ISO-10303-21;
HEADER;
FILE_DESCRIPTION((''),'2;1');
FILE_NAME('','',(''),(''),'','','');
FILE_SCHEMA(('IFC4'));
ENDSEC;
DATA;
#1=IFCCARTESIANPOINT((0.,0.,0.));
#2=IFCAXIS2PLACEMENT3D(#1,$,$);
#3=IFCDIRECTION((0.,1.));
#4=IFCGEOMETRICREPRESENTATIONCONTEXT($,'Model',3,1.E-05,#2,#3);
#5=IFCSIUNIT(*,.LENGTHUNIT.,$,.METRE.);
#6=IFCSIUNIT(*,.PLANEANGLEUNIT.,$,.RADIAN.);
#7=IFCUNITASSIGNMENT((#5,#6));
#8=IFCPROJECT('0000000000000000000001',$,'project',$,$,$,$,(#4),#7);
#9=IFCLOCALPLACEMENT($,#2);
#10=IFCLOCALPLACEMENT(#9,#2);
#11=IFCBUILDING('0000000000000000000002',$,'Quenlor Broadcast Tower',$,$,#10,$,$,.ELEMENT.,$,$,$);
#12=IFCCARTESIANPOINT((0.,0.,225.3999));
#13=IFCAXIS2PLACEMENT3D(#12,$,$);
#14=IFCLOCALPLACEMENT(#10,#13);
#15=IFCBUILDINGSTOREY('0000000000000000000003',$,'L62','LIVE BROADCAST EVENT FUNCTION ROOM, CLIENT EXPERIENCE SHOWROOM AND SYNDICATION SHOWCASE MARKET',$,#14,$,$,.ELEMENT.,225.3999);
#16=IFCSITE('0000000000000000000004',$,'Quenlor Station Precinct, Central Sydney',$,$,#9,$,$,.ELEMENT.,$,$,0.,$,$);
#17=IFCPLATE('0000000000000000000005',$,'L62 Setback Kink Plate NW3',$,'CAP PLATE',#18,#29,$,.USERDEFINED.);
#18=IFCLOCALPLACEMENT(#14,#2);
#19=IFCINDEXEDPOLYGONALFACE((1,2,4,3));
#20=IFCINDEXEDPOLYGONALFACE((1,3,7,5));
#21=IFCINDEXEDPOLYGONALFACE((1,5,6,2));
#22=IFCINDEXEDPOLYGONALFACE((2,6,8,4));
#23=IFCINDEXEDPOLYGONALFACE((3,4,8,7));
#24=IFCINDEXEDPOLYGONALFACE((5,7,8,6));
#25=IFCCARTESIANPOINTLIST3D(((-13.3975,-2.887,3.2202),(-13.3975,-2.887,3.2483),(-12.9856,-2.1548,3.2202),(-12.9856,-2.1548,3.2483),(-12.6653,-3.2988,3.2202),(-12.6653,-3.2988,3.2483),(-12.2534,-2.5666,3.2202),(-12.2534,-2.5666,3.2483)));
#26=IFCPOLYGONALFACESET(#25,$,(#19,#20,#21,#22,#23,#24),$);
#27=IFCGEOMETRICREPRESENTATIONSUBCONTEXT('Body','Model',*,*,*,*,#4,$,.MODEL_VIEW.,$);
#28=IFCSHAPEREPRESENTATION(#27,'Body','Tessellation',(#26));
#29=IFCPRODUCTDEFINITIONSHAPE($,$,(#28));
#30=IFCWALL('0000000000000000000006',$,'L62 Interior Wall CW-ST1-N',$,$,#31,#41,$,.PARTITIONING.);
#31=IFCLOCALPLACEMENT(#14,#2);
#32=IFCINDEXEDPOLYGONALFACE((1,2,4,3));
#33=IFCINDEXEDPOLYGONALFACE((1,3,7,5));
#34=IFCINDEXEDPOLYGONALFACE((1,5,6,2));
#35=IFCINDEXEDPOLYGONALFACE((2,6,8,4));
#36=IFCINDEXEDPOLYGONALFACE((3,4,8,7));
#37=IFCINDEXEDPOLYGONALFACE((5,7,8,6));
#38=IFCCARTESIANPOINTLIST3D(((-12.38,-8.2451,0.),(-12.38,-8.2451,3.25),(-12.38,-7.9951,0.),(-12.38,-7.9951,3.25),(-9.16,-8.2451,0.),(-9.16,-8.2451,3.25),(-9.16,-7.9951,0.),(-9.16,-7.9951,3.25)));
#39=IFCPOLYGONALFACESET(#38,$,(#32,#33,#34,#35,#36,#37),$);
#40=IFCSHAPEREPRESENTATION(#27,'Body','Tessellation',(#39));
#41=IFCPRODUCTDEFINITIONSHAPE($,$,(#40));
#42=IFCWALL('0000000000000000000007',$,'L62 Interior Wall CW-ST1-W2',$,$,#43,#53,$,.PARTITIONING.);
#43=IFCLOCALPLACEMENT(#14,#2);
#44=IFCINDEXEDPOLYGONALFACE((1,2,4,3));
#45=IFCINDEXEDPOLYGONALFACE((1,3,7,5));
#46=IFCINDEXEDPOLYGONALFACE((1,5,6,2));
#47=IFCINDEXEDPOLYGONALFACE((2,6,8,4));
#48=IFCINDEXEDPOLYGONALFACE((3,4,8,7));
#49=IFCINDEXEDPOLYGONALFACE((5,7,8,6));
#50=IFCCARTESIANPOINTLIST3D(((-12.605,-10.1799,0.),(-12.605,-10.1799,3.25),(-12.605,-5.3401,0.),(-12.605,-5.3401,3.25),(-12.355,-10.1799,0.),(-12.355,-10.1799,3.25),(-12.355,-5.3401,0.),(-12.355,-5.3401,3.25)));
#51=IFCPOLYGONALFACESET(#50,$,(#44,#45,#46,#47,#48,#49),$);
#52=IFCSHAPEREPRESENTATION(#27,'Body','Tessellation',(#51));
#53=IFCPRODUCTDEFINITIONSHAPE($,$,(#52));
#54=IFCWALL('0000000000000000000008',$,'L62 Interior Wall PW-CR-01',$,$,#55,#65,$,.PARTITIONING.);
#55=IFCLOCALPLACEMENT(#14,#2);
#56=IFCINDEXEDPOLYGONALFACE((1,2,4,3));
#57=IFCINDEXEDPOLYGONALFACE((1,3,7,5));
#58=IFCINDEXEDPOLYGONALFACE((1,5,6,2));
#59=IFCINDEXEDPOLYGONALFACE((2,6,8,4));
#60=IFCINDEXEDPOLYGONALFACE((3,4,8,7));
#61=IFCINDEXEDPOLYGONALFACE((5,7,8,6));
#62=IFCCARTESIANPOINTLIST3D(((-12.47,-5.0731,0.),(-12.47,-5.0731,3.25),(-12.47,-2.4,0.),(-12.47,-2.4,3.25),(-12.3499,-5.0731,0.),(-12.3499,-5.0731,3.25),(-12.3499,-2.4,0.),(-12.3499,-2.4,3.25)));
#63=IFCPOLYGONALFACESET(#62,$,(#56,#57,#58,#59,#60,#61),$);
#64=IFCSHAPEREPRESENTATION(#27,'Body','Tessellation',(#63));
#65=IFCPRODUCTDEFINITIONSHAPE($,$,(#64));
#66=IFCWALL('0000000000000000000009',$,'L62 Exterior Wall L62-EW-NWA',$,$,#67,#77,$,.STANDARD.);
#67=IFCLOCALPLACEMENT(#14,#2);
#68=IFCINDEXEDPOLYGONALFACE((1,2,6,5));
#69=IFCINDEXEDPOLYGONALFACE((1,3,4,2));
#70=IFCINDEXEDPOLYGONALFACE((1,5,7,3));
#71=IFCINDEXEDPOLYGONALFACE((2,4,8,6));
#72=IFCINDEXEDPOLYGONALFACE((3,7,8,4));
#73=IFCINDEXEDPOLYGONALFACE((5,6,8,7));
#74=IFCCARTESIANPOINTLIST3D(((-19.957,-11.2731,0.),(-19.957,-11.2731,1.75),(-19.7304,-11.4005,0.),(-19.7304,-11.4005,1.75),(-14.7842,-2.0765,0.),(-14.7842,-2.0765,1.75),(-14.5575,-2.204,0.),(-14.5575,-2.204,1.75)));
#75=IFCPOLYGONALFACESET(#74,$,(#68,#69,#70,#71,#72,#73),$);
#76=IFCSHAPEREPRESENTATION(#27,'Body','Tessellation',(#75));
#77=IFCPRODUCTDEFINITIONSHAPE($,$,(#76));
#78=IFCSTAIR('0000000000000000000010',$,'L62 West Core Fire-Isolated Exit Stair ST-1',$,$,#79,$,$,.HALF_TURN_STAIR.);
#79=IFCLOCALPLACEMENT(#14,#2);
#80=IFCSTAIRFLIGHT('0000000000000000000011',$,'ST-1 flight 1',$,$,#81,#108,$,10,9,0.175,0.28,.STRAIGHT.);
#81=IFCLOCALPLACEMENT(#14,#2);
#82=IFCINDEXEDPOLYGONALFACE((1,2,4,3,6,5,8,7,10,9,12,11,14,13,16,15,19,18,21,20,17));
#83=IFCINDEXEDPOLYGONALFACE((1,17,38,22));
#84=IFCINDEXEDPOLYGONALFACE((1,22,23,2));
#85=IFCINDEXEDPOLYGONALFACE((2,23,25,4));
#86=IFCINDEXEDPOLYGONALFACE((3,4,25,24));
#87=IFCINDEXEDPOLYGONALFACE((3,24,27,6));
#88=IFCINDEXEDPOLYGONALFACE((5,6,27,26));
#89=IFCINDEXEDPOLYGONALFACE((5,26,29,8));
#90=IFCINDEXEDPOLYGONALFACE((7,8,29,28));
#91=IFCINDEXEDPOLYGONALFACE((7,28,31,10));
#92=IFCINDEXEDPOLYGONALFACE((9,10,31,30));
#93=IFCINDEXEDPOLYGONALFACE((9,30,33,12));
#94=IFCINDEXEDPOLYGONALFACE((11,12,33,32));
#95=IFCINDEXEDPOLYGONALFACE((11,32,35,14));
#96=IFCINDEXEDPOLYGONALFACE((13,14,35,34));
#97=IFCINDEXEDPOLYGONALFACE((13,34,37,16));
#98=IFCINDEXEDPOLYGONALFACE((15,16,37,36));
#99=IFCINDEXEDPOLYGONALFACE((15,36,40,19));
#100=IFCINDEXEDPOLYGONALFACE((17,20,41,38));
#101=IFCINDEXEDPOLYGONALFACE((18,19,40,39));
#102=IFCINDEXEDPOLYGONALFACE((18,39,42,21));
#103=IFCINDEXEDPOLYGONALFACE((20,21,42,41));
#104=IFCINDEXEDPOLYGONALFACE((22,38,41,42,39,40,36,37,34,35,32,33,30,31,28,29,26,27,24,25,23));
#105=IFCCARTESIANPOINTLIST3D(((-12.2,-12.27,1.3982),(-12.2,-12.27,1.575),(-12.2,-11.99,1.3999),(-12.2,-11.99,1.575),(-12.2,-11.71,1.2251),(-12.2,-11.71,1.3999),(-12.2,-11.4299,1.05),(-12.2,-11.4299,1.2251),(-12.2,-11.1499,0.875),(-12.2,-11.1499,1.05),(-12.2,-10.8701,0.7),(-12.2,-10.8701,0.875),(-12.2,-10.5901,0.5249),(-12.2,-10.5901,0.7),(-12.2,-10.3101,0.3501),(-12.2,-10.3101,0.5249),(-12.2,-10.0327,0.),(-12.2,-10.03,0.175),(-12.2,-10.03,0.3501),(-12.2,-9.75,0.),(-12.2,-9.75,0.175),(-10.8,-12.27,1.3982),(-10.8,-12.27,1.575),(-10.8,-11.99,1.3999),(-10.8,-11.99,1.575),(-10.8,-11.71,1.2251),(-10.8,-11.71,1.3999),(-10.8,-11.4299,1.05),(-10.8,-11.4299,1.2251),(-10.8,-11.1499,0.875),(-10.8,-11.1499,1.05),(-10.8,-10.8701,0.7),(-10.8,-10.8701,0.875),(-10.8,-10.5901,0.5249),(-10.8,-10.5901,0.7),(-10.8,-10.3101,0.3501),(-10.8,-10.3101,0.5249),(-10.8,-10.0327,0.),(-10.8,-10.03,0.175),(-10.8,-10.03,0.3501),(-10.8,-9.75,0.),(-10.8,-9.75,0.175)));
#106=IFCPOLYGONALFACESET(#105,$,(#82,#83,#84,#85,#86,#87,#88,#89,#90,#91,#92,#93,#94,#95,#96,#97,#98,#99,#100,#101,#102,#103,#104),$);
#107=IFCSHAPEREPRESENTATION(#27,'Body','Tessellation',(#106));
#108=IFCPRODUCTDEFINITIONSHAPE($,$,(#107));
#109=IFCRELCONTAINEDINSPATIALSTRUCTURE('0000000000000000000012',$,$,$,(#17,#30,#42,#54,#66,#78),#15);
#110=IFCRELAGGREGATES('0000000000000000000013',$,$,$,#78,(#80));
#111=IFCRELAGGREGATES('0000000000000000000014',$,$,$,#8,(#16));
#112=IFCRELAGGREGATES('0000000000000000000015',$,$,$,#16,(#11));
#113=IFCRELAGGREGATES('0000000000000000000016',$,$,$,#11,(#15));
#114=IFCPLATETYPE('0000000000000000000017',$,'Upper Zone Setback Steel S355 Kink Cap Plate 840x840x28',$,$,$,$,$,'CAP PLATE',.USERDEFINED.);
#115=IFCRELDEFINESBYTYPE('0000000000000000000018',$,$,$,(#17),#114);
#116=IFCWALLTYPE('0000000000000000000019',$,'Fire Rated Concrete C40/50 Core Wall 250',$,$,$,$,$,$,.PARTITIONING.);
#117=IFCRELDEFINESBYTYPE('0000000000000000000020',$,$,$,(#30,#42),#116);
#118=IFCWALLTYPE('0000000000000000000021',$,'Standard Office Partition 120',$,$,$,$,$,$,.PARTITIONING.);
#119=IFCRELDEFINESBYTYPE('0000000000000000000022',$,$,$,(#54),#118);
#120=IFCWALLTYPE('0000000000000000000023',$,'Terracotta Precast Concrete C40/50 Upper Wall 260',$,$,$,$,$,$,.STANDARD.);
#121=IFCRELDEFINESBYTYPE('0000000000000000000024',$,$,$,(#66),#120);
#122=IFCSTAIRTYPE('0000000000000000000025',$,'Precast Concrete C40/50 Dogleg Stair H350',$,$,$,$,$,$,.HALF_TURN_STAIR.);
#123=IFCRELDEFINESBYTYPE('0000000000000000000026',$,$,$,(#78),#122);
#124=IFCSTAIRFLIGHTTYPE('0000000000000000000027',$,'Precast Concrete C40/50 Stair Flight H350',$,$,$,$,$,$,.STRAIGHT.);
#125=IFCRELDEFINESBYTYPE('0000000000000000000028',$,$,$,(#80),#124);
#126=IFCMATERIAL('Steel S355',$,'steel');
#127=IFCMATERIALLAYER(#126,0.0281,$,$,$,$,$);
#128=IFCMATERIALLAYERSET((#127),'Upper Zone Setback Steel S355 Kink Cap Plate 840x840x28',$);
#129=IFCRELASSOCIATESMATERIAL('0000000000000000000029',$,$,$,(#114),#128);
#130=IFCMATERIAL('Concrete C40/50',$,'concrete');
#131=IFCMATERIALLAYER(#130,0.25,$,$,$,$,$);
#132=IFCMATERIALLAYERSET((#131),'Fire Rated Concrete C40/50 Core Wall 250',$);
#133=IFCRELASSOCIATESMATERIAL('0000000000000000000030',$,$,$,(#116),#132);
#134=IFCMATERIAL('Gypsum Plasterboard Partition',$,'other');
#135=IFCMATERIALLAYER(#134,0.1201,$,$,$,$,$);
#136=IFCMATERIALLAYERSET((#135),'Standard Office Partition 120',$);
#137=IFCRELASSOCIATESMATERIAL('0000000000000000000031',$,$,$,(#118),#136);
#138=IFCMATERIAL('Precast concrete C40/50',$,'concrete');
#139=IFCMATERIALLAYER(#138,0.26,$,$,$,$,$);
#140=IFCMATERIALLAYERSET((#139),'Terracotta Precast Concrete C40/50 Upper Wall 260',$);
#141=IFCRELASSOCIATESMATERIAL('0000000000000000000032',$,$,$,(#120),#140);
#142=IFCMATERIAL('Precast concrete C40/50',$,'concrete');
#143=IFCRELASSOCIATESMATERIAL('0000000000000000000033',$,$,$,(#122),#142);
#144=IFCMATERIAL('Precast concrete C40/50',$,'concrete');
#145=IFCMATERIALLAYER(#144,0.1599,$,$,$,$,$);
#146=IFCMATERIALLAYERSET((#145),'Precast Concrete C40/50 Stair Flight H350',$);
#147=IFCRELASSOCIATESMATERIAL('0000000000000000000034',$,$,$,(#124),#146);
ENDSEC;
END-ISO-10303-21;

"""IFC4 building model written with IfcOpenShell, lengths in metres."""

from ifc_helpers import new_model, si_unit, direction, frame, frame_2d, origin, origin_2d, place, context, subcontext, project, spatial, polyline, rectangle, outline, extrude, material, layer, layer_set, type_object, element, aggregate, save


model = new_model("IFC4")

# Units and contexts
model_context = context("Model", 3, precision=1e-05, world=origin(), true_north=direction((0.0, 1.0)))
body_context = subcontext(model_context, "Body", "Model", "MODEL_VIEW")
ifc_project = project(units=[si_unit("LENGTHUNIT", "METRE"), si_unit("PLANEANGLEUNIT", "RADIAN")], contexts=[model_context])

# Site, building, storey
site_placement = place(None, origin())
site = spatial("IfcSite", under=ifc_project, at=site_placement, Name="Quenlor Station Precinct, Central Sydney", CompositionType="ELEMENT", RefElevation=0.0)
building_placement = place(site_placement, origin())
building = spatial("IfcBuilding", under=site, at=building_placement, Name="Quenlor Broadcast Tower", CompositionType="ELEMENT")
storey_placement = place(building_placement, frame((0.0, 0.0, 225.3999)))
storey = spatial("IfcBuildingStorey", under=building, at=storey_placement, Name="L62", Description="LIVE BROADCAST EVENT FUNCTION ROOM, CLIENT EXPERIENCE SHOWROOM AND SYNDICATION SHOWCASE MARKET", CompositionType="ELEMENT", Elevation=225.3999)

# Plate
ifc_material_1 = material(Name="Steel S355", Category="steel")
ifc_layer_1 = layer(ifc_material_1, 0.0281)
ifc_layer_set_1 = layer_set([ifc_layer_1], Name="Upper Zone Setback Steel S355 Kink Cap Plate 840x840x28")
plate_type_1 = type_object("IfcPlateType", Name="Upper Zone Setback Steel S355 Kink Cap Plate 840x840x28", ElementType="CAP PLATE", PredefinedType="USERDEFINED", material=ifc_layer_set_1)
plate_placement = place(storey_placement, frame((-12.8254, -2.7268, 3.2202), z_axis=(0.0, 0.0, 1.0), x_axis=(-0.871575, 0.490262, 0.0)))
element("IfcPlate", 1, at=plate_placement, inside=storey, type_object=plate_type_1, Name="L62 Setback Kink Plate NW3", ObjectType="CAP PLATE", PredefinedType="USERDEFINED", context=body_context, shape_type="SweptSolid", body=[
    extrude(rectangle(XDim=0.8401, YDim=0.8401, at=origin_2d()), origin(), (0.0, 0.0, 1.0), 0.0281),
])

# Walls
ifc_material_2 = material(Name="Concrete C40/50", Category="concrete")
ifc_layer_2 = layer(ifc_material_2, 0.25)
ifc_layer_set_2 = layer_set([ifc_layer_2], Name="Fire Rated Concrete C40/50 Core Wall 250")
wall_type_1 = type_object("IfcWallType", Name="Fire Rated Concrete C40/50 Core Wall 250", PredefinedType="PARTITIONING", material=ifc_layer_set_2)
wall_1_placement = place(storey_placement, frame((-12.3799, -8.1201, 0.0), z_axis=(0.0, 0.0, 1.0), x_axis=(1.0, 0.0, 0.0)))
element("IfcWall", 2, at=wall_1_placement, inside=storey, type_object=wall_type_1, Name="L62 Interior Wall CW-ST1-N", PredefinedType="PARTITIONING", context=body_context, shape_type="SweptSolid", body=[
    extrude(rectangle(XDim=3.22, YDim=0.25, at=frame_2d((1.6099, 0.0))), origin(), (0.0, 0.0, 1.0), 3.25),
])
wall_2_placement = place(storey_placement, frame((-12.48, -10.1799, 0.0), z_axis=(0.0, 0.0, 1.0), x_axis=(0.0, 1.0, 0.0)))
element("IfcWall", 3, at=wall_2_placement, inside=storey, type_object=wall_type_1, Name="L62 Interior Wall CW-ST1-W2", PredefinedType="PARTITIONING", context=body_context, shape_type="SweptSolid", body=[
    extrude(rectangle(XDim=4.8398, YDim=0.25, at=frame_2d((2.4199, 0.0))), origin(), (0.0, 0.0, 1.0), 3.25),
])

# Wall
ifc_material_3 = material(Name="Gypsum Plasterboard Partition", Category="other")
ifc_layer_3 = layer(ifc_material_3, 0.1201)
ifc_layer_set_3 = layer_set([ifc_layer_3], Name="Standard Office Partition 120")
wall_type_2 = type_object("IfcWallType", Name="Standard Office Partition 120", PredefinedType="PARTITIONING", material=ifc_layer_set_3)
wall_3_placement = place(storey_placement, frame((-12.4099, -5.073, 0.0), z_axis=(0.0, 0.0, 1.0), x_axis=(0.0, 1.0, 0.0)))
element("IfcWall", 4, at=wall_3_placement, inside=storey, type_object=wall_type_2, Name="L62 Interior Wall PW-CR-01", PredefinedType="PARTITIONING", context=body_context, shape_type="SweptSolid", body=[
    extrude(rectangle(XDim=2.6731, YDim=0.1201, at=frame_2d((1.3364, 0.0))), origin(), (0.0, 0.0, 1.0), 3.25),
])

# Wall
ifc_material_4 = material(Name="Precast concrete C40/50", Category="concrete")
ifc_layer_4 = layer(ifc_material_4, 0.26)
ifc_layer_set_4 = layer_set([ifc_layer_4], Name="Terracotta Precast Concrete C40/50 Upper Wall 260")
wall_type_3 = type_object("IfcWallType", Name="Terracotta Precast Concrete C40/50 Upper Wall 260", PredefinedType="STANDARD", material=ifc_layer_set_4)
wall_4_placement = place(storey_placement, frame((-19.8438, -11.3369, 0.0), z_axis=(0.0, 0.0, 1.0), x_axis=(0.490247, 0.871584, 0.0)))
element("IfcWall", 5, at=wall_4_placement, inside=storey, type_object=wall_type_3, Name="L62 Exterior Wall L62-EW-NWA", PredefinedType="STANDARD", context=body_context, shape_type="SweptSolid", body=[
    extrude(rectangle(XDim=10.5515, YDim=0.26, at=frame_2d((5.2759, 0.0))), origin(), (0.0, 0.0, 1.0), 1.75),
])

# Stair, stair flight
ifc_material_5 = material(Name="Precast concrete C40/50", Category="concrete")
stair_type = type_object("IfcStairType", Name="Precast Concrete C40/50 Dogleg Stair H350", PredefinedType="HALF_TURN_STAIR", material=ifc_material_5)
stair_placement = place(storey_placement, origin())
stair = element("IfcStair", 6, at=stair_placement, inside=storey, type_object=stair_type, Name="L62 West Core Fire-Isolated Exit Stair ST-1", PredefinedType="HALF_TURN_STAIR")
ifc_material_6 = material(Name="Precast concrete C40/50", Category="concrete")
ifc_layer_5 = layer(ifc_material_6, 0.1599)
ifc_layer_set_5 = layer_set([ifc_layer_5], Name="Precast Concrete C40/50 Stair Flight H350")
stair_flight_type = type_object("IfcStairFlightType", Name="Precast Concrete C40/50 Stair Flight H350", PredefinedType="STRAIGHT", material=ifc_layer_set_5)
stair_flight_placement = place(storey_placement, frame((-11.5, -9.75, 0.0), z_axis=(0.0, 0.0, 1.0), x_axis=(0.0, -1.0, 0.0)))
stair_flight = element("IfcStairFlight", 7, at=stair_flight_placement, type_object=stair_flight_type, Name="ST-1 flight 1", NumberOfRisers=10, NumberOfTreads=9, PredefinedType="STRAIGHT", RiserHeight=0.175, TreadLength=0.28, context=body_context, shape_type="SweptSolid", body=[
    extrude(outline(polyline([(0.0, 0.0), (0.0, 0.175), (0.28, 0.175), (0.28, 0.3501), (0.5601, 0.3501), (0.5601, 0.5249), (0.8401, 0.5249), (0.8401, 0.7), (1.1201, 0.7), (1.1201, 0.875), (1.3999, 0.875), (1.3999, 1.05), (1.6799, 1.05), (1.6799, 1.2251), (1.96, 1.2251), (1.96, 1.3999), (2.24, 1.3999), (2.24, 1.575), (2.52, 1.575), (2.52, 1.75), (2.52, 1.3982), (0.2827, 0.0), (0.0, 0.0)])), frame((0.0, 0.7, 0.0), z_axis=(0.0, -1.0, 0.0), x_axis=(1.0, 0.0, 0.0)), (0.0, 0.0, 1.0), 1.3999),
])
aggregate(stair, [stair_flight])

save(model, "model.ifc")
